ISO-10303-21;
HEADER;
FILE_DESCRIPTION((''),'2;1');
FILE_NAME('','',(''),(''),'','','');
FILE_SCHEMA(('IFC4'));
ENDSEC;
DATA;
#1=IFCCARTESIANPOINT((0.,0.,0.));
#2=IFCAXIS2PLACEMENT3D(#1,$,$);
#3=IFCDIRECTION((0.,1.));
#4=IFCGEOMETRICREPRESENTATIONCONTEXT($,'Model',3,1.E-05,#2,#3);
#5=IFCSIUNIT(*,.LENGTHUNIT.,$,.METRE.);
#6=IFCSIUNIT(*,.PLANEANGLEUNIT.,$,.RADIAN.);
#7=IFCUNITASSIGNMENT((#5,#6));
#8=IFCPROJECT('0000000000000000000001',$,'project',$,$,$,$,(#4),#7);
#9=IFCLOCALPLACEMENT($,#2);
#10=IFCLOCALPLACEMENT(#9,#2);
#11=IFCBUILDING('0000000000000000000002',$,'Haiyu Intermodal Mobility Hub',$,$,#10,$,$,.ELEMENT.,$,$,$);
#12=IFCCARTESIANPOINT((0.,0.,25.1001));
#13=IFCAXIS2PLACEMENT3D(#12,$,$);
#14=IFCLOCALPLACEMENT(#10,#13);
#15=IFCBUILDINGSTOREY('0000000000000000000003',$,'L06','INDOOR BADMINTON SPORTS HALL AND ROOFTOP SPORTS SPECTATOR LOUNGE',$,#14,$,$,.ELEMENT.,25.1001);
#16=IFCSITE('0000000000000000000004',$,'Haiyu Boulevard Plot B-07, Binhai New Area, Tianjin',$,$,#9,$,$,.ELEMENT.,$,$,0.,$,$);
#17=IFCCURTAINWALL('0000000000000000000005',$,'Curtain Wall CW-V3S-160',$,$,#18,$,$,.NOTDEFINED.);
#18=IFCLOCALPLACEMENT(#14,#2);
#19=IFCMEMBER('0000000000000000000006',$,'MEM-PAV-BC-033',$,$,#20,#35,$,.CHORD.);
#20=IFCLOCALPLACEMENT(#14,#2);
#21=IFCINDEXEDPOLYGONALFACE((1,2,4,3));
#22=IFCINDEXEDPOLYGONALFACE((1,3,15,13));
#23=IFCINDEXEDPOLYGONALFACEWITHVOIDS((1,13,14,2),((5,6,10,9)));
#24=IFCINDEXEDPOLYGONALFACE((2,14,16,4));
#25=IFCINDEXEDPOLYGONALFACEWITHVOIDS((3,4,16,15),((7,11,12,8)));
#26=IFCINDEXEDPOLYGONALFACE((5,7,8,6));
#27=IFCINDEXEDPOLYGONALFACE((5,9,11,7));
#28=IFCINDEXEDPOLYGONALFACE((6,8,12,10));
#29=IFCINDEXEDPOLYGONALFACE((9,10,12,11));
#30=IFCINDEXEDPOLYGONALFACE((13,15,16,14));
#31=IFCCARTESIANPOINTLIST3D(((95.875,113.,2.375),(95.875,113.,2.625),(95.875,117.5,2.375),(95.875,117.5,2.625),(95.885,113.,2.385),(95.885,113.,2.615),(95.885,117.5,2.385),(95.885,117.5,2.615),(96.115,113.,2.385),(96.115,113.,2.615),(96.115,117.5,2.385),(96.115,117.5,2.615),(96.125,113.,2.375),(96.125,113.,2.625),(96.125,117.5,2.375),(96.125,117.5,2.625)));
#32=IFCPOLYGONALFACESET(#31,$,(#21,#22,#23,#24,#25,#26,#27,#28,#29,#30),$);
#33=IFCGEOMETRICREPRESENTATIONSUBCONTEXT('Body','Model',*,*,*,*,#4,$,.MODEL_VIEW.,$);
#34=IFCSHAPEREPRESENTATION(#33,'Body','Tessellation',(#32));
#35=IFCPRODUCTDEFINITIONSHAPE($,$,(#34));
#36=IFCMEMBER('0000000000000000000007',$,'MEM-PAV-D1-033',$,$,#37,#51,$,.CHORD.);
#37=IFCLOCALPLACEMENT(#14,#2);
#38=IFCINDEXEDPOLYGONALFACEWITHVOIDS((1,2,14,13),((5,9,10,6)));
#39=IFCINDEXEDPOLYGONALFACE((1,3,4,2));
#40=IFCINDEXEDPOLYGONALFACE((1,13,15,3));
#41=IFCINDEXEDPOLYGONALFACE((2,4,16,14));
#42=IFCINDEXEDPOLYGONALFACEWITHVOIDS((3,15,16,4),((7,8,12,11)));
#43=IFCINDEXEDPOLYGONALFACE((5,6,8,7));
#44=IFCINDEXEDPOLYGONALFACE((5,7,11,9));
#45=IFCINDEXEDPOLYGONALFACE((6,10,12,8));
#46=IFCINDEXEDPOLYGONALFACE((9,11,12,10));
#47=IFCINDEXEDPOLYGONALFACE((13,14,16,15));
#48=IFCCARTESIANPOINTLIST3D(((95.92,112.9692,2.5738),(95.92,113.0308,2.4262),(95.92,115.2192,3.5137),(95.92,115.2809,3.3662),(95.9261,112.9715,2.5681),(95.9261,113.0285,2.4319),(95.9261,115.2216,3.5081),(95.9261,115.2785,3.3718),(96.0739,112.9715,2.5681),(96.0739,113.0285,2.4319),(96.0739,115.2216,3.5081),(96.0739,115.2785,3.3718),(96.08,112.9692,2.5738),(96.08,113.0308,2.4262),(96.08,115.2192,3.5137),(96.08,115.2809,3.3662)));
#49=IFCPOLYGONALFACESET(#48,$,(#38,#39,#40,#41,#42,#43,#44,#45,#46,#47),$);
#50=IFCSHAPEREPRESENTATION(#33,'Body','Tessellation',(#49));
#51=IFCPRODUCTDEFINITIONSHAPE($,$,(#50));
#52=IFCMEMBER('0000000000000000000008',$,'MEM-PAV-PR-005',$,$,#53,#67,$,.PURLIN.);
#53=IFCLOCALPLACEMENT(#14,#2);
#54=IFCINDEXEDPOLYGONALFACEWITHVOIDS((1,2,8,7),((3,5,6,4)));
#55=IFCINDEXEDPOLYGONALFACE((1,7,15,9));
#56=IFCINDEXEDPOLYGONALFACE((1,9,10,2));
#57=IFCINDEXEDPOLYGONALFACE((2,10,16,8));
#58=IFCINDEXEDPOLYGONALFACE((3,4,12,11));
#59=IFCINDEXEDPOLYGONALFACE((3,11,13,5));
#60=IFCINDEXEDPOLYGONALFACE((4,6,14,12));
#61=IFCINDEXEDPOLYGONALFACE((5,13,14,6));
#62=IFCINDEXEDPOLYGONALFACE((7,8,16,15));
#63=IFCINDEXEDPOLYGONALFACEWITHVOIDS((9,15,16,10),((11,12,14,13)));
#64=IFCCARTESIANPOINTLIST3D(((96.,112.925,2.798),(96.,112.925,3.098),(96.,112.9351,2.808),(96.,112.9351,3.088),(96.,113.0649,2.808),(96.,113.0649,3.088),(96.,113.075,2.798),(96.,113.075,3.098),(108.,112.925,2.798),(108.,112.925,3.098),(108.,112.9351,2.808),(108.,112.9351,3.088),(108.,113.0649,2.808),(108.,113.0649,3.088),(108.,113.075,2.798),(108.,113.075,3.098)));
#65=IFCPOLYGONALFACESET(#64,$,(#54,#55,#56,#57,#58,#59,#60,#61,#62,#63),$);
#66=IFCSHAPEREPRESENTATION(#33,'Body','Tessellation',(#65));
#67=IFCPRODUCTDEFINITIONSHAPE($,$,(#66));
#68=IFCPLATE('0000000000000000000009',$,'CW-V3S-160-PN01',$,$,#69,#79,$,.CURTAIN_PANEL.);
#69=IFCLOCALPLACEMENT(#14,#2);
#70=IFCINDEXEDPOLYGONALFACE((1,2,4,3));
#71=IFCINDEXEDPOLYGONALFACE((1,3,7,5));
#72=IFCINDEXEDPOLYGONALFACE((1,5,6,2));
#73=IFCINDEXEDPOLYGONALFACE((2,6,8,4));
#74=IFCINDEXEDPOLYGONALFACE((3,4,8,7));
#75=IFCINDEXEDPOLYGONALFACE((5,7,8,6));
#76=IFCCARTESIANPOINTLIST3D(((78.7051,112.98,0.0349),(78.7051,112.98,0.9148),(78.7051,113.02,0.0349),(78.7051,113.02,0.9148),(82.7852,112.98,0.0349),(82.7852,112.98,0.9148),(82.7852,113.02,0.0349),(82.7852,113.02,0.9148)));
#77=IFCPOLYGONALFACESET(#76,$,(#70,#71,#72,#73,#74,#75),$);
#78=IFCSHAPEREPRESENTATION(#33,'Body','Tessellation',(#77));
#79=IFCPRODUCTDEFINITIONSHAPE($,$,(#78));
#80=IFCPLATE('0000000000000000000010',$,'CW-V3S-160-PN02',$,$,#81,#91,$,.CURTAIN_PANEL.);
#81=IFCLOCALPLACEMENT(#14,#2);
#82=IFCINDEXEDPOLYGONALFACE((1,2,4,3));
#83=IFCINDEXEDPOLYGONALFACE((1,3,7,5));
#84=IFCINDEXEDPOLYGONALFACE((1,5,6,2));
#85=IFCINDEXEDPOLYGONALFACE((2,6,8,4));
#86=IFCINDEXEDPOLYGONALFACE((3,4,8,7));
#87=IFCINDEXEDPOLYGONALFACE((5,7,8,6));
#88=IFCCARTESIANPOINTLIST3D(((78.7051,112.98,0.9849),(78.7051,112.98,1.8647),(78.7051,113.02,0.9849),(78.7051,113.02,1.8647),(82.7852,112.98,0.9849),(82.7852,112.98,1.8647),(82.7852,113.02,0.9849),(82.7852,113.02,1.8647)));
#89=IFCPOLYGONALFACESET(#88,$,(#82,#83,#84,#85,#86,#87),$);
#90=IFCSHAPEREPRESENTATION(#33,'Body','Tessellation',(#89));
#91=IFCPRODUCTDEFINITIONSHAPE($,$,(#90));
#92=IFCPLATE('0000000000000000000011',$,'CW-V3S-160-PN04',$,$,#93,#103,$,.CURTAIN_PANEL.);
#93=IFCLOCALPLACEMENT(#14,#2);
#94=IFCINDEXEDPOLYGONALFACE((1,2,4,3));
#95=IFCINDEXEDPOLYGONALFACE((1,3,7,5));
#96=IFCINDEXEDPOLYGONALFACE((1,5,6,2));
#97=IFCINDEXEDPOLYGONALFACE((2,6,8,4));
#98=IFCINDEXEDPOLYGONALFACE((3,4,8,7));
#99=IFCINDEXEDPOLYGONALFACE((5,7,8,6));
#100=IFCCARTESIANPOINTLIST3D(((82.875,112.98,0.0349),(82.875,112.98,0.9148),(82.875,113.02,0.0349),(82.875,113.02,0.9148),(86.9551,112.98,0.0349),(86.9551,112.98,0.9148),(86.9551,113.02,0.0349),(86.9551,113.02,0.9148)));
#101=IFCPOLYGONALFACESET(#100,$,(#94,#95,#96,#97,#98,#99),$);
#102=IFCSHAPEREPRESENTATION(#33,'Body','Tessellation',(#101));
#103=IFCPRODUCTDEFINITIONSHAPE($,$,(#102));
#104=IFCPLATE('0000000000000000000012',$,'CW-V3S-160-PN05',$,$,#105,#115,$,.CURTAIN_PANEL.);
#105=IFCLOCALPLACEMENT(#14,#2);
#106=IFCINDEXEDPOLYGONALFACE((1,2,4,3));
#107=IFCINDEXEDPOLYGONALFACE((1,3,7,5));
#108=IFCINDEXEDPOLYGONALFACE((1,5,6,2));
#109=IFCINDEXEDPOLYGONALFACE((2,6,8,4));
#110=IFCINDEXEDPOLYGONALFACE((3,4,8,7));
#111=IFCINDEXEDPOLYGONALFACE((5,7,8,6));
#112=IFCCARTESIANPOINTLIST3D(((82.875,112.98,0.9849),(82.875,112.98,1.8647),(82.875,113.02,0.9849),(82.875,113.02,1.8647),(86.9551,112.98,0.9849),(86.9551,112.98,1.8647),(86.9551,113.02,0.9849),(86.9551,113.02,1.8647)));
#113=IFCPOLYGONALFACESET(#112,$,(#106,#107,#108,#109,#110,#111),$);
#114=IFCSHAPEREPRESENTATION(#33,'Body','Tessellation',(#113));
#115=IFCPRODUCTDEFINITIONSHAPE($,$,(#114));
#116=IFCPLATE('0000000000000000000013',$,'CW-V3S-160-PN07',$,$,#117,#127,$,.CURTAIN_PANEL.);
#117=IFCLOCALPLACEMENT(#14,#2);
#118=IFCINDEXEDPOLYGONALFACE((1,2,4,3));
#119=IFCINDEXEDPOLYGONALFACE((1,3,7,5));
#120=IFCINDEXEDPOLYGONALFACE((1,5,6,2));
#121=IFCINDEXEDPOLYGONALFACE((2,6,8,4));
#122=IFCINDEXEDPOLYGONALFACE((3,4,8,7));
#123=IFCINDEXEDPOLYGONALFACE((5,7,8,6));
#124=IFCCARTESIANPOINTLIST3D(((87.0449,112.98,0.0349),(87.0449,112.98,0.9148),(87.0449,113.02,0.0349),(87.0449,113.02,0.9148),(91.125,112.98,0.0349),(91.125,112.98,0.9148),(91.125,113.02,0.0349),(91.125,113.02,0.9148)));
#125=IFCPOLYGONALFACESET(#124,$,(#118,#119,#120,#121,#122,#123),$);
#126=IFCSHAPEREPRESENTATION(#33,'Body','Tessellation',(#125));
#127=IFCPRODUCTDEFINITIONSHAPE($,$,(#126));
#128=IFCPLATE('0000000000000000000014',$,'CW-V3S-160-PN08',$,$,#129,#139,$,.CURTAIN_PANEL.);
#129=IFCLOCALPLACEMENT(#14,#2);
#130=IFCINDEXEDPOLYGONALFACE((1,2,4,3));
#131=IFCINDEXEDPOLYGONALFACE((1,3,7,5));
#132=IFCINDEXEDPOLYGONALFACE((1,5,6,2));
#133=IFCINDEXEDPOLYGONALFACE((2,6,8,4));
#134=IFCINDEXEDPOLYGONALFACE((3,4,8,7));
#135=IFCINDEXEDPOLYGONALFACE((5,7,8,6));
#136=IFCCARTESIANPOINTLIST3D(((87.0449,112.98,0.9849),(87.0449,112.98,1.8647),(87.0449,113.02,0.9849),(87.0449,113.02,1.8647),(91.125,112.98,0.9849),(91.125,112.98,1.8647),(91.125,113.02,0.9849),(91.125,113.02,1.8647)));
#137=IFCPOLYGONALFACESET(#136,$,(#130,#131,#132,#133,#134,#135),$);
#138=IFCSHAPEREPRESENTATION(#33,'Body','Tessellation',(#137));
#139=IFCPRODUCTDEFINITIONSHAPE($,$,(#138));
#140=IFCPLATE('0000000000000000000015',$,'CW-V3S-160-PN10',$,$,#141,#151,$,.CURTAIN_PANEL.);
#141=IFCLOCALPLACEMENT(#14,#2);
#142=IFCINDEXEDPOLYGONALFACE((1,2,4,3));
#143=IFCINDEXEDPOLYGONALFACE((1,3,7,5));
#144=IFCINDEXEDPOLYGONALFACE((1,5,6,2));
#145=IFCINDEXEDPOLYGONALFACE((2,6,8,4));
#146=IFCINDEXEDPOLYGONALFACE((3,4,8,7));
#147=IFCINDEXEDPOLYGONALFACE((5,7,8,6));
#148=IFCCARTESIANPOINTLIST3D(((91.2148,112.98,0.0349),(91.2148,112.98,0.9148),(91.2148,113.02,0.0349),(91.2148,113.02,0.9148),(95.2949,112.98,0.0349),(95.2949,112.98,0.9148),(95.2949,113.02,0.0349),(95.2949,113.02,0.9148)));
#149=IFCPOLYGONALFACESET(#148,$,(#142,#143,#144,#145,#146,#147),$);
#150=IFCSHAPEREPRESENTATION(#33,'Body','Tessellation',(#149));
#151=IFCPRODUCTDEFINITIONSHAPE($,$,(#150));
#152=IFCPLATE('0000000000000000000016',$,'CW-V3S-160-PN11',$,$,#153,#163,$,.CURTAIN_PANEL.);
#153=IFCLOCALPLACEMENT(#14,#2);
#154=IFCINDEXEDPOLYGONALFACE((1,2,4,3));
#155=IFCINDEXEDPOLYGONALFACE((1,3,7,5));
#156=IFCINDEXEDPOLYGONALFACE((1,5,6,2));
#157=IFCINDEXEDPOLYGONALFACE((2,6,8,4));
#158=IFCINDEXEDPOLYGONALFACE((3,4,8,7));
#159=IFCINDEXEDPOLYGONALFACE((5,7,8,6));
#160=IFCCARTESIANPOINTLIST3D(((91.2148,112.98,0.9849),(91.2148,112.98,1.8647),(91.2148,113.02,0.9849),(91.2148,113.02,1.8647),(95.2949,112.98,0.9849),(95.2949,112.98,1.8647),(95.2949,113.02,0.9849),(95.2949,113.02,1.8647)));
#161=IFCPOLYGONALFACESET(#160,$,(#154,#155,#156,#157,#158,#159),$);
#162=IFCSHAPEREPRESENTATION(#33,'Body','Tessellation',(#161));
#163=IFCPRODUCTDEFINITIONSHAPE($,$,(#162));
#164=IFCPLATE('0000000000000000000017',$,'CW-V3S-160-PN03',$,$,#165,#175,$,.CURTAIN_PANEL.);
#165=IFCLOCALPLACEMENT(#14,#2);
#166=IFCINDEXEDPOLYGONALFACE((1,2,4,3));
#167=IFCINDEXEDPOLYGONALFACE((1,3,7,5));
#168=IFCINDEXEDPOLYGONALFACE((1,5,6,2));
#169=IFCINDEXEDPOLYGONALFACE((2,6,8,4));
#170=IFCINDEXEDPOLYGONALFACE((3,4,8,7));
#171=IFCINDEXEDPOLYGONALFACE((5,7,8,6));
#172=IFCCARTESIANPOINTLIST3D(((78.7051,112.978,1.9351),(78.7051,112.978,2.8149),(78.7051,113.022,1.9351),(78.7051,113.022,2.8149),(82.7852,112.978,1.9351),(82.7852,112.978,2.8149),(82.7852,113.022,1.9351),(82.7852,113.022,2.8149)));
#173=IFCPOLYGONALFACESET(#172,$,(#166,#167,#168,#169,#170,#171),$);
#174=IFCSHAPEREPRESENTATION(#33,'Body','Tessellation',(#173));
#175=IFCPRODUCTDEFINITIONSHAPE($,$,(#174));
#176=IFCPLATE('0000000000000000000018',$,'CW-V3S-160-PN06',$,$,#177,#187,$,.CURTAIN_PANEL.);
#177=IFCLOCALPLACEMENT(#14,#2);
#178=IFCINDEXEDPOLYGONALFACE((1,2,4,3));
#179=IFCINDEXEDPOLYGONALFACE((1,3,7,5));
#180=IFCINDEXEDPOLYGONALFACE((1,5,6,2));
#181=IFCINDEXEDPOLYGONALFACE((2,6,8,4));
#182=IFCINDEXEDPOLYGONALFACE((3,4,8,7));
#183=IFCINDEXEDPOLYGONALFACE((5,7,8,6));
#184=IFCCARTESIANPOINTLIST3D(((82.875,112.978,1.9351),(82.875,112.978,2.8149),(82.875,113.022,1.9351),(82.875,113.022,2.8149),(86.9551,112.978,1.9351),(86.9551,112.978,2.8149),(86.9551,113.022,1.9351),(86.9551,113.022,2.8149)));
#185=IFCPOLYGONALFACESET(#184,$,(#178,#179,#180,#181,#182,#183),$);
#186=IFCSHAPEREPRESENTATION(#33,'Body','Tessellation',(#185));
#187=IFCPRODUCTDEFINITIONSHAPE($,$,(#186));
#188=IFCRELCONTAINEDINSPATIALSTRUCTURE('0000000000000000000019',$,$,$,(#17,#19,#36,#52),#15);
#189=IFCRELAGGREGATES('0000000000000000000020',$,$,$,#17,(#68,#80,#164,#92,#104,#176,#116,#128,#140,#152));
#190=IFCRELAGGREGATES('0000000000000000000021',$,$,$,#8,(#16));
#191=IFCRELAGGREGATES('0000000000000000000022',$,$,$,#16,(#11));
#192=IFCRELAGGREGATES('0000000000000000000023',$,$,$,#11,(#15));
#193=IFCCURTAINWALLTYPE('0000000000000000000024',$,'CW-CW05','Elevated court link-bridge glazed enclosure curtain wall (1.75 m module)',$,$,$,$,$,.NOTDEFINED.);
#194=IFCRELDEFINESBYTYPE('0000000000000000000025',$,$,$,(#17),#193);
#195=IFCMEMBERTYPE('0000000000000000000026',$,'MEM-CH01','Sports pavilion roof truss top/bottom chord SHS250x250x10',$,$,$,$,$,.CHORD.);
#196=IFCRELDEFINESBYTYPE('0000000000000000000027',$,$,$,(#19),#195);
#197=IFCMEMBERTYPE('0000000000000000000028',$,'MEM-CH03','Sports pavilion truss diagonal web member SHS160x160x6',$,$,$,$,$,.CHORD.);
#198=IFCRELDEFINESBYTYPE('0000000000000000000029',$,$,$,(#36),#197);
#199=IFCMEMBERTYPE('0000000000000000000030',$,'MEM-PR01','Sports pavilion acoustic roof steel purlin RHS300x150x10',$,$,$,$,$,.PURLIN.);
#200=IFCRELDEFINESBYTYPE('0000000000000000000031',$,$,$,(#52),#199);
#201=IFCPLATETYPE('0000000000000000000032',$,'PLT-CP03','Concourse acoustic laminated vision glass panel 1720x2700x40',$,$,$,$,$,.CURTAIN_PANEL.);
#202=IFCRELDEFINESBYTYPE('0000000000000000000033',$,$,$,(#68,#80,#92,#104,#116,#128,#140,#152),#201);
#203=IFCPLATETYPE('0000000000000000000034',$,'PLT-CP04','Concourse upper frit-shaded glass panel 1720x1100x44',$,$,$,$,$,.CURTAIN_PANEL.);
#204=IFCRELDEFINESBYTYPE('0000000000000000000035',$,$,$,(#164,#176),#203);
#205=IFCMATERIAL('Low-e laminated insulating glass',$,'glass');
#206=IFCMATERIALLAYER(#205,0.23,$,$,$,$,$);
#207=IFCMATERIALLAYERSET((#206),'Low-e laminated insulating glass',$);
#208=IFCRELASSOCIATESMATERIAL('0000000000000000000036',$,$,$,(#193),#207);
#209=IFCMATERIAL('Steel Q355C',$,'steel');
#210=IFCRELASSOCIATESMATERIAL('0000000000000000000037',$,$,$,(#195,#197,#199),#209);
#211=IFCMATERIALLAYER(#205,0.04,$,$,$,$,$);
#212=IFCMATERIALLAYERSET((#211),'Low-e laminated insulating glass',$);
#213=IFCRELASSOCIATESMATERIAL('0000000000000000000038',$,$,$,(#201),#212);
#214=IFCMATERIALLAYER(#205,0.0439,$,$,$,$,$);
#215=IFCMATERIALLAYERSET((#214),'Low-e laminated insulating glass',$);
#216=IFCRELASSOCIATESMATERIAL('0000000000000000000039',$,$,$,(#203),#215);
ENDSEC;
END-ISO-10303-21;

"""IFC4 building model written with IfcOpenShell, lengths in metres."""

from ifc_helpers import new_model, si_unit, direction, frame, origin, origin_2d, place, context, subcontext, project, spatial, rectangle, hollow_rectangle, extrude, material, layer, layer_set, material_profile, profile_set, type_object, element, aggregate, save


model = new_model("IFC4")

# Units and contexts
model_context = context("Model", 3, precision=1e-05, world=origin(), true_north=direction((0.0, 1.0)))
body_context = subcontext(model_context, "Body", "Model", "MODEL_VIEW")
ifc_project = project(units=[si_unit("LENGTHUNIT", "METRE"), si_unit("PLANEANGLEUNIT", "RADIAN")], contexts=[model_context])

# Site, building, storey
site_placement = place(None, origin())
site = spatial("IfcSite", under=ifc_project, at=site_placement, Name="Haiyu Boulevard Plot B-07, Binhai New Area, Tianjin", CompositionType="ELEMENT", RefElevation=0.0)
building_placement = place(site_placement, origin())
building = spatial("IfcBuilding", under=site, at=building_placement, Name="Haiyu Intermodal Mobility Hub", CompositionType="ELEMENT")
storey_placement = place(building_placement, frame((0.0, 0.0, 25.1001)))
storey = spatial("IfcBuildingStorey", under=building, at=storey_placement, Name="L06", Description="INDOOR BADMINTON SPORTS HALL AND ROOFTOP SPORTS SPECTATOR LOUNGE", CompositionType="ELEMENT", Elevation=25.1001)

# Shared definitions
ifc_material_1 = material(Name="Steel Q355C", Category="steel")

# Curtain wall
ifc_material_2 = material(Name="Low-e laminated insulating glass", Category="glass")
ifc_layer_1 = layer(ifc_material_2, 0.23)
ifc_layer_set_1 = layer_set([ifc_layer_1], Name="Low-e laminated insulating glass")
curtain_wall_type = type_object("IfcCurtainWallType", Name="CW-CW05", Description="Elevated court link-bridge glazed enclosure curtain wall (1.75 m module)", PredefinedType="NOTDEFINED", material=ifc_layer_set_1)
curtain_wall_1_placement = place(storey_placement, origin())
curtain_wall_1 = element("IfcCurtainWall", 1, at=curtain_wall_1_placement, inside=storey, type_object=curtain_wall_type, Name="Curtain Wall CW-V3S-160", PredefinedType="NOTDEFINED")

# Members
ifc_material_profile_1 = material_profile(ifc_material_1, hollow_rectangle(XDim=0.25, YDim=0.25, WallThickness=0.01, at=origin_2d()), Name="SHS250x250x10")
ifc_profile_set_1 = profile_set([ifc_material_profile_1], Name="Steel Q355C")
member_type_1 = type_object("IfcMemberType", Name="MEM-CH01", Description="Sports pavilion roof truss top/bottom chord SHS250x250x10", PredefinedType="CHORD", material=ifc_profile_set_1)
member_1_placement = place(storey_placement, frame((96.0, 113.0, 2.5), z_axis=(0.0, 1.0, 0.0), x_axis=(-1.0, 0.0, 0.0)))
element("IfcMember", 2, at=member_1_placement, inside=storey, type_object=member_type_1, Name="MEM-PAV-BC-033", PredefinedType="CHORD", context=body_context, shape_type="SweptSolid", body=[
    extrude(hollow_rectangle(XDim=0.25, YDim=0.25, WallThickness=0.01, at=origin_2d()), origin(), (0.0, 0.0, 1.0), 4.5),
])
ifc_material_profile_2 = material_profile(ifc_material_1, hollow_rectangle(XDim=0.1599, YDim=0.1599, WallThickness=0.0061, at=origin_2d()), Name="SHS160x160x6")
ifc_profile_set_2 = profile_set([ifc_material_profile_2], Name="Steel Q355C")
member_type_2 = type_object("IfcMemberType", Name="MEM-CH03", Description="Sports pavilion truss diagonal web member SHS160x160x6", PredefinedType="CHORD", material=ifc_profile_set_2)
member_2_placement = place(storey_placement, frame((96.0, 113.0, 2.5), z_axis=(0.0, 0.922721, 0.385468), x_axis=(-1.0, 0.0, 0.0)))
element("IfcMember", 3, at=member_2_placement, inside=storey, type_object=member_type_2, Name="MEM-PAV-D1-033", PredefinedType="CHORD", context=body_context, shape_type="SweptSolid", body=[
    extrude(hollow_rectangle(XDim=0.1599, YDim=0.1599, WallThickness=0.0061, at=origin_2d()), origin(), (0.0, 0.0, 1.0), 2.4385),
])
ifc_material_profile_3 = material_profile(ifc_material_1, hollow_rectangle(XDim=0.1499, YDim=0.3, WallThickness=0.01, at=origin_2d()), Name="RHS300x150x10")
ifc_profile_set_3 = profile_set([ifc_material_profile_3], Name="Steel Q355C")
member_type_3 = type_object("IfcMemberType", Name="MEM-PR01", Description="Sports pavilion acoustic roof steel purlin RHS300x150x10", PredefinedType="PURLIN", material=ifc_profile_set_3)
member_3_placement = place(storey_placement, frame((96.0, 113.0, 2.948), z_axis=(1.0, 0.0, 0.0), x_axis=(0.0, 1.0, 0.0)))
element("IfcMember", 4, at=member_3_placement, inside=storey, type_object=member_type_3, Name="MEM-PAV-PR-005", PredefinedType="PURLIN", context=body_context, shape_type="SweptSolid", body=[
    extrude(hollow_rectangle(XDim=0.1499, YDim=0.3, WallThickness=0.01, at=origin_2d()), origin(), (0.0, 0.0, 1.0), 12.0),
])

# Plates
ifc_layer_2 = layer(ifc_material_2, 0.04)
ifc_layer_set_2 = layer_set([ifc_layer_2], Name="Low-e laminated insulating glass")
plate_type_1 = type_object("IfcPlateType", Name="PLT-CP03", Description="Concourse acoustic laminated vision glass panel 1720x2700x40", PredefinedType="CURTAIN_PANEL", material=ifc_layer_set_2)
plate_1_placement = place(storey_placement, frame((80.7451, 113.0, 0.0349), z_axis=(0.0, 0.0, 1.0), x_axis=(1.0, 0.0, 0.0)))
plate_1 = element("IfcPlate", 5, at=plate_1_placement, type_object=plate_type_1, Name="CW-V3S-160-PN01", PredefinedType="CURTAIN_PANEL", context=body_context, shape_type="SweptSolid", body=[
    extrude(rectangle(XDim=4.0801, YDim=0.04, at=origin_2d()), origin(), (0.0, 0.0, 1.0), 0.8799),
])
plate_2_placement = place(storey_placement, frame((80.7451, 113.0, 0.9849), z_axis=(0.0, 0.0, 1.0), x_axis=(1.0, 0.0, 0.0)))
plate_2 = element("IfcPlate", 6, at=plate_2_placement, type_object=plate_type_1, Name="CW-V3S-160-PN02", PredefinedType="CURTAIN_PANEL", context=body_context, shape_type="SweptSolid", body=[
    extrude(rectangle(XDim=4.0801, YDim=0.04, at=origin_2d()), origin(), (0.0, 0.0, 1.0), 0.8799),
])
plate_3_placement = place(storey_placement, frame((84.915, 113.0, 0.0349), z_axis=(0.0, 0.0, 1.0), x_axis=(1.0, 0.0, 0.0)))
plate_3 = element("IfcPlate", 7, at=plate_3_placement, type_object=plate_type_1, Name="CW-V3S-160-PN04", PredefinedType="CURTAIN_PANEL", context=body_context, shape_type="SweptSolid", body=[
    extrude(rectangle(XDim=4.0801, YDim=0.04, at=origin_2d()), origin(), (0.0, 0.0, 1.0), 0.8799),
])
plate_4_placement = place(storey_placement, frame((84.915, 113.0, 0.9849), z_axis=(0.0, 0.0, 1.0), x_axis=(1.0, 0.0, 0.0)))
plate_4 = element("IfcPlate", 8, at=plate_4_placement, type_object=plate_type_1, Name="CW-V3S-160-PN05", PredefinedType="CURTAIN_PANEL", context=body_context, shape_type="SweptSolid", body=[
    extrude(rectangle(XDim=4.0801, YDim=0.04, at=origin_2d()), origin(), (0.0, 0.0, 1.0), 0.8799),
])
plate_5_placement = place(storey_placement, frame((89.085, 113.0, 0.0349), z_axis=(0.0, 0.0, 1.0), x_axis=(1.0, 0.0, 0.0)))
plate_5 = element("IfcPlate", 9, at=plate_5_placement, type_object=plate_type_1, Name="CW-V3S-160-PN07", PredefinedType="CURTAIN_PANEL", context=body_context, shape_type="SweptSolid", body=[
    extrude(rectangle(XDim=4.0801, YDim=0.04, at=origin_2d()), origin(), (0.0, 0.0, 1.0), 0.8799),
])
plate_6_placement = place(storey_placement, frame((89.085, 113.0, 0.9849), z_axis=(0.0, 0.0, 1.0), x_axis=(1.0, 0.0, 0.0)))
plate_6 = element("IfcPlate", 10, at=plate_6_placement, type_object=plate_type_1, Name="CW-V3S-160-PN08", PredefinedType="CURTAIN_PANEL", context=body_context, shape_type="SweptSolid", body=[
    extrude(rectangle(XDim=4.0801, YDim=0.04, at=origin_2d()), origin(), (0.0, 0.0, 1.0), 0.8799),
])
plate_7_placement = place(storey_placement, frame((93.2549, 113.0, 0.0349), z_axis=(0.0, 0.0, 1.0), x_axis=(1.0, 0.0, 0.0)))
plate_7 = element("IfcPlate", 11, at=plate_7_placement, type_object=plate_type_1, Name="CW-V3S-160-PN10", PredefinedType="CURTAIN_PANEL", context=body_context, shape_type="SweptSolid", body=[
    extrude(rectangle(XDim=4.0801, YDim=0.04, at=origin_2d()), origin(), (0.0, 0.0, 1.0), 0.8799),
])
plate_8_placement = place(storey_placement, frame((93.2549, 113.0, 0.9849), z_axis=(0.0, 0.0, 1.0), x_axis=(1.0, 0.0, 0.0)))
plate_8 = element("IfcPlate", 12, at=plate_8_placement, type_object=plate_type_1, Name="CW-V3S-160-PN11", PredefinedType="CURTAIN_PANEL", context=body_context, shape_type="SweptSolid", body=[
    extrude(rectangle(XDim=4.0801, YDim=0.04, at=origin_2d()), origin(), (0.0, 0.0, 1.0), 0.8799),
])
ifc_layer_3 = layer(ifc_material_2, 0.0439)
ifc_layer_set_3 = layer_set([ifc_layer_3], Name="Low-e laminated insulating glass")
plate_type_2 = type_object("IfcPlateType", Name="PLT-CP04", Description="Concourse upper frit-shaded glass panel 1720x1100x44", PredefinedType="CURTAIN_PANEL", material=ifc_layer_set_3)
plate_9_placement = place(storey_placement, frame((80.7451, 113.0, 1.9351), z_axis=(0.0, 0.0, 1.0), x_axis=(1.0, 0.0, 0.0)))
plate_9 = element("IfcPlate", 13, at=plate_9_placement, type_object=plate_type_2, Name="CW-V3S-160-PN03", PredefinedType="CURTAIN_PANEL", context=body_context, shape_type="SweptSolid", body=[
    extrude(rectangle(XDim=4.0801, YDim=0.0439, at=origin_2d()), origin(), (0.0, 0.0, 1.0), 0.8799),
])
plate_10_placement = place(storey_placement, frame((84.915, 113.0, 1.9351), z_axis=(0.0, 0.0, 1.0), x_axis=(1.0, 0.0, 0.0)))
plate_10 = element("IfcPlate", 14, at=plate_10_placement, type_object=plate_type_2, Name="CW-V3S-160-PN06", PredefinedType="CURTAIN_PANEL", context=body_context, shape_type="SweptSolid", body=[
    extrude(rectangle(XDim=4.0801, YDim=0.0439, at=origin_2d()), origin(), (0.0, 0.0, 1.0), 0.8799),
])
aggregate(curtain_wall_1, [plate_1, plate_2, plate_9, plate_3, plate_4, plate_10, plate_5, plate_6, plate_7, plate_8])

save(model, "model.ifc")
